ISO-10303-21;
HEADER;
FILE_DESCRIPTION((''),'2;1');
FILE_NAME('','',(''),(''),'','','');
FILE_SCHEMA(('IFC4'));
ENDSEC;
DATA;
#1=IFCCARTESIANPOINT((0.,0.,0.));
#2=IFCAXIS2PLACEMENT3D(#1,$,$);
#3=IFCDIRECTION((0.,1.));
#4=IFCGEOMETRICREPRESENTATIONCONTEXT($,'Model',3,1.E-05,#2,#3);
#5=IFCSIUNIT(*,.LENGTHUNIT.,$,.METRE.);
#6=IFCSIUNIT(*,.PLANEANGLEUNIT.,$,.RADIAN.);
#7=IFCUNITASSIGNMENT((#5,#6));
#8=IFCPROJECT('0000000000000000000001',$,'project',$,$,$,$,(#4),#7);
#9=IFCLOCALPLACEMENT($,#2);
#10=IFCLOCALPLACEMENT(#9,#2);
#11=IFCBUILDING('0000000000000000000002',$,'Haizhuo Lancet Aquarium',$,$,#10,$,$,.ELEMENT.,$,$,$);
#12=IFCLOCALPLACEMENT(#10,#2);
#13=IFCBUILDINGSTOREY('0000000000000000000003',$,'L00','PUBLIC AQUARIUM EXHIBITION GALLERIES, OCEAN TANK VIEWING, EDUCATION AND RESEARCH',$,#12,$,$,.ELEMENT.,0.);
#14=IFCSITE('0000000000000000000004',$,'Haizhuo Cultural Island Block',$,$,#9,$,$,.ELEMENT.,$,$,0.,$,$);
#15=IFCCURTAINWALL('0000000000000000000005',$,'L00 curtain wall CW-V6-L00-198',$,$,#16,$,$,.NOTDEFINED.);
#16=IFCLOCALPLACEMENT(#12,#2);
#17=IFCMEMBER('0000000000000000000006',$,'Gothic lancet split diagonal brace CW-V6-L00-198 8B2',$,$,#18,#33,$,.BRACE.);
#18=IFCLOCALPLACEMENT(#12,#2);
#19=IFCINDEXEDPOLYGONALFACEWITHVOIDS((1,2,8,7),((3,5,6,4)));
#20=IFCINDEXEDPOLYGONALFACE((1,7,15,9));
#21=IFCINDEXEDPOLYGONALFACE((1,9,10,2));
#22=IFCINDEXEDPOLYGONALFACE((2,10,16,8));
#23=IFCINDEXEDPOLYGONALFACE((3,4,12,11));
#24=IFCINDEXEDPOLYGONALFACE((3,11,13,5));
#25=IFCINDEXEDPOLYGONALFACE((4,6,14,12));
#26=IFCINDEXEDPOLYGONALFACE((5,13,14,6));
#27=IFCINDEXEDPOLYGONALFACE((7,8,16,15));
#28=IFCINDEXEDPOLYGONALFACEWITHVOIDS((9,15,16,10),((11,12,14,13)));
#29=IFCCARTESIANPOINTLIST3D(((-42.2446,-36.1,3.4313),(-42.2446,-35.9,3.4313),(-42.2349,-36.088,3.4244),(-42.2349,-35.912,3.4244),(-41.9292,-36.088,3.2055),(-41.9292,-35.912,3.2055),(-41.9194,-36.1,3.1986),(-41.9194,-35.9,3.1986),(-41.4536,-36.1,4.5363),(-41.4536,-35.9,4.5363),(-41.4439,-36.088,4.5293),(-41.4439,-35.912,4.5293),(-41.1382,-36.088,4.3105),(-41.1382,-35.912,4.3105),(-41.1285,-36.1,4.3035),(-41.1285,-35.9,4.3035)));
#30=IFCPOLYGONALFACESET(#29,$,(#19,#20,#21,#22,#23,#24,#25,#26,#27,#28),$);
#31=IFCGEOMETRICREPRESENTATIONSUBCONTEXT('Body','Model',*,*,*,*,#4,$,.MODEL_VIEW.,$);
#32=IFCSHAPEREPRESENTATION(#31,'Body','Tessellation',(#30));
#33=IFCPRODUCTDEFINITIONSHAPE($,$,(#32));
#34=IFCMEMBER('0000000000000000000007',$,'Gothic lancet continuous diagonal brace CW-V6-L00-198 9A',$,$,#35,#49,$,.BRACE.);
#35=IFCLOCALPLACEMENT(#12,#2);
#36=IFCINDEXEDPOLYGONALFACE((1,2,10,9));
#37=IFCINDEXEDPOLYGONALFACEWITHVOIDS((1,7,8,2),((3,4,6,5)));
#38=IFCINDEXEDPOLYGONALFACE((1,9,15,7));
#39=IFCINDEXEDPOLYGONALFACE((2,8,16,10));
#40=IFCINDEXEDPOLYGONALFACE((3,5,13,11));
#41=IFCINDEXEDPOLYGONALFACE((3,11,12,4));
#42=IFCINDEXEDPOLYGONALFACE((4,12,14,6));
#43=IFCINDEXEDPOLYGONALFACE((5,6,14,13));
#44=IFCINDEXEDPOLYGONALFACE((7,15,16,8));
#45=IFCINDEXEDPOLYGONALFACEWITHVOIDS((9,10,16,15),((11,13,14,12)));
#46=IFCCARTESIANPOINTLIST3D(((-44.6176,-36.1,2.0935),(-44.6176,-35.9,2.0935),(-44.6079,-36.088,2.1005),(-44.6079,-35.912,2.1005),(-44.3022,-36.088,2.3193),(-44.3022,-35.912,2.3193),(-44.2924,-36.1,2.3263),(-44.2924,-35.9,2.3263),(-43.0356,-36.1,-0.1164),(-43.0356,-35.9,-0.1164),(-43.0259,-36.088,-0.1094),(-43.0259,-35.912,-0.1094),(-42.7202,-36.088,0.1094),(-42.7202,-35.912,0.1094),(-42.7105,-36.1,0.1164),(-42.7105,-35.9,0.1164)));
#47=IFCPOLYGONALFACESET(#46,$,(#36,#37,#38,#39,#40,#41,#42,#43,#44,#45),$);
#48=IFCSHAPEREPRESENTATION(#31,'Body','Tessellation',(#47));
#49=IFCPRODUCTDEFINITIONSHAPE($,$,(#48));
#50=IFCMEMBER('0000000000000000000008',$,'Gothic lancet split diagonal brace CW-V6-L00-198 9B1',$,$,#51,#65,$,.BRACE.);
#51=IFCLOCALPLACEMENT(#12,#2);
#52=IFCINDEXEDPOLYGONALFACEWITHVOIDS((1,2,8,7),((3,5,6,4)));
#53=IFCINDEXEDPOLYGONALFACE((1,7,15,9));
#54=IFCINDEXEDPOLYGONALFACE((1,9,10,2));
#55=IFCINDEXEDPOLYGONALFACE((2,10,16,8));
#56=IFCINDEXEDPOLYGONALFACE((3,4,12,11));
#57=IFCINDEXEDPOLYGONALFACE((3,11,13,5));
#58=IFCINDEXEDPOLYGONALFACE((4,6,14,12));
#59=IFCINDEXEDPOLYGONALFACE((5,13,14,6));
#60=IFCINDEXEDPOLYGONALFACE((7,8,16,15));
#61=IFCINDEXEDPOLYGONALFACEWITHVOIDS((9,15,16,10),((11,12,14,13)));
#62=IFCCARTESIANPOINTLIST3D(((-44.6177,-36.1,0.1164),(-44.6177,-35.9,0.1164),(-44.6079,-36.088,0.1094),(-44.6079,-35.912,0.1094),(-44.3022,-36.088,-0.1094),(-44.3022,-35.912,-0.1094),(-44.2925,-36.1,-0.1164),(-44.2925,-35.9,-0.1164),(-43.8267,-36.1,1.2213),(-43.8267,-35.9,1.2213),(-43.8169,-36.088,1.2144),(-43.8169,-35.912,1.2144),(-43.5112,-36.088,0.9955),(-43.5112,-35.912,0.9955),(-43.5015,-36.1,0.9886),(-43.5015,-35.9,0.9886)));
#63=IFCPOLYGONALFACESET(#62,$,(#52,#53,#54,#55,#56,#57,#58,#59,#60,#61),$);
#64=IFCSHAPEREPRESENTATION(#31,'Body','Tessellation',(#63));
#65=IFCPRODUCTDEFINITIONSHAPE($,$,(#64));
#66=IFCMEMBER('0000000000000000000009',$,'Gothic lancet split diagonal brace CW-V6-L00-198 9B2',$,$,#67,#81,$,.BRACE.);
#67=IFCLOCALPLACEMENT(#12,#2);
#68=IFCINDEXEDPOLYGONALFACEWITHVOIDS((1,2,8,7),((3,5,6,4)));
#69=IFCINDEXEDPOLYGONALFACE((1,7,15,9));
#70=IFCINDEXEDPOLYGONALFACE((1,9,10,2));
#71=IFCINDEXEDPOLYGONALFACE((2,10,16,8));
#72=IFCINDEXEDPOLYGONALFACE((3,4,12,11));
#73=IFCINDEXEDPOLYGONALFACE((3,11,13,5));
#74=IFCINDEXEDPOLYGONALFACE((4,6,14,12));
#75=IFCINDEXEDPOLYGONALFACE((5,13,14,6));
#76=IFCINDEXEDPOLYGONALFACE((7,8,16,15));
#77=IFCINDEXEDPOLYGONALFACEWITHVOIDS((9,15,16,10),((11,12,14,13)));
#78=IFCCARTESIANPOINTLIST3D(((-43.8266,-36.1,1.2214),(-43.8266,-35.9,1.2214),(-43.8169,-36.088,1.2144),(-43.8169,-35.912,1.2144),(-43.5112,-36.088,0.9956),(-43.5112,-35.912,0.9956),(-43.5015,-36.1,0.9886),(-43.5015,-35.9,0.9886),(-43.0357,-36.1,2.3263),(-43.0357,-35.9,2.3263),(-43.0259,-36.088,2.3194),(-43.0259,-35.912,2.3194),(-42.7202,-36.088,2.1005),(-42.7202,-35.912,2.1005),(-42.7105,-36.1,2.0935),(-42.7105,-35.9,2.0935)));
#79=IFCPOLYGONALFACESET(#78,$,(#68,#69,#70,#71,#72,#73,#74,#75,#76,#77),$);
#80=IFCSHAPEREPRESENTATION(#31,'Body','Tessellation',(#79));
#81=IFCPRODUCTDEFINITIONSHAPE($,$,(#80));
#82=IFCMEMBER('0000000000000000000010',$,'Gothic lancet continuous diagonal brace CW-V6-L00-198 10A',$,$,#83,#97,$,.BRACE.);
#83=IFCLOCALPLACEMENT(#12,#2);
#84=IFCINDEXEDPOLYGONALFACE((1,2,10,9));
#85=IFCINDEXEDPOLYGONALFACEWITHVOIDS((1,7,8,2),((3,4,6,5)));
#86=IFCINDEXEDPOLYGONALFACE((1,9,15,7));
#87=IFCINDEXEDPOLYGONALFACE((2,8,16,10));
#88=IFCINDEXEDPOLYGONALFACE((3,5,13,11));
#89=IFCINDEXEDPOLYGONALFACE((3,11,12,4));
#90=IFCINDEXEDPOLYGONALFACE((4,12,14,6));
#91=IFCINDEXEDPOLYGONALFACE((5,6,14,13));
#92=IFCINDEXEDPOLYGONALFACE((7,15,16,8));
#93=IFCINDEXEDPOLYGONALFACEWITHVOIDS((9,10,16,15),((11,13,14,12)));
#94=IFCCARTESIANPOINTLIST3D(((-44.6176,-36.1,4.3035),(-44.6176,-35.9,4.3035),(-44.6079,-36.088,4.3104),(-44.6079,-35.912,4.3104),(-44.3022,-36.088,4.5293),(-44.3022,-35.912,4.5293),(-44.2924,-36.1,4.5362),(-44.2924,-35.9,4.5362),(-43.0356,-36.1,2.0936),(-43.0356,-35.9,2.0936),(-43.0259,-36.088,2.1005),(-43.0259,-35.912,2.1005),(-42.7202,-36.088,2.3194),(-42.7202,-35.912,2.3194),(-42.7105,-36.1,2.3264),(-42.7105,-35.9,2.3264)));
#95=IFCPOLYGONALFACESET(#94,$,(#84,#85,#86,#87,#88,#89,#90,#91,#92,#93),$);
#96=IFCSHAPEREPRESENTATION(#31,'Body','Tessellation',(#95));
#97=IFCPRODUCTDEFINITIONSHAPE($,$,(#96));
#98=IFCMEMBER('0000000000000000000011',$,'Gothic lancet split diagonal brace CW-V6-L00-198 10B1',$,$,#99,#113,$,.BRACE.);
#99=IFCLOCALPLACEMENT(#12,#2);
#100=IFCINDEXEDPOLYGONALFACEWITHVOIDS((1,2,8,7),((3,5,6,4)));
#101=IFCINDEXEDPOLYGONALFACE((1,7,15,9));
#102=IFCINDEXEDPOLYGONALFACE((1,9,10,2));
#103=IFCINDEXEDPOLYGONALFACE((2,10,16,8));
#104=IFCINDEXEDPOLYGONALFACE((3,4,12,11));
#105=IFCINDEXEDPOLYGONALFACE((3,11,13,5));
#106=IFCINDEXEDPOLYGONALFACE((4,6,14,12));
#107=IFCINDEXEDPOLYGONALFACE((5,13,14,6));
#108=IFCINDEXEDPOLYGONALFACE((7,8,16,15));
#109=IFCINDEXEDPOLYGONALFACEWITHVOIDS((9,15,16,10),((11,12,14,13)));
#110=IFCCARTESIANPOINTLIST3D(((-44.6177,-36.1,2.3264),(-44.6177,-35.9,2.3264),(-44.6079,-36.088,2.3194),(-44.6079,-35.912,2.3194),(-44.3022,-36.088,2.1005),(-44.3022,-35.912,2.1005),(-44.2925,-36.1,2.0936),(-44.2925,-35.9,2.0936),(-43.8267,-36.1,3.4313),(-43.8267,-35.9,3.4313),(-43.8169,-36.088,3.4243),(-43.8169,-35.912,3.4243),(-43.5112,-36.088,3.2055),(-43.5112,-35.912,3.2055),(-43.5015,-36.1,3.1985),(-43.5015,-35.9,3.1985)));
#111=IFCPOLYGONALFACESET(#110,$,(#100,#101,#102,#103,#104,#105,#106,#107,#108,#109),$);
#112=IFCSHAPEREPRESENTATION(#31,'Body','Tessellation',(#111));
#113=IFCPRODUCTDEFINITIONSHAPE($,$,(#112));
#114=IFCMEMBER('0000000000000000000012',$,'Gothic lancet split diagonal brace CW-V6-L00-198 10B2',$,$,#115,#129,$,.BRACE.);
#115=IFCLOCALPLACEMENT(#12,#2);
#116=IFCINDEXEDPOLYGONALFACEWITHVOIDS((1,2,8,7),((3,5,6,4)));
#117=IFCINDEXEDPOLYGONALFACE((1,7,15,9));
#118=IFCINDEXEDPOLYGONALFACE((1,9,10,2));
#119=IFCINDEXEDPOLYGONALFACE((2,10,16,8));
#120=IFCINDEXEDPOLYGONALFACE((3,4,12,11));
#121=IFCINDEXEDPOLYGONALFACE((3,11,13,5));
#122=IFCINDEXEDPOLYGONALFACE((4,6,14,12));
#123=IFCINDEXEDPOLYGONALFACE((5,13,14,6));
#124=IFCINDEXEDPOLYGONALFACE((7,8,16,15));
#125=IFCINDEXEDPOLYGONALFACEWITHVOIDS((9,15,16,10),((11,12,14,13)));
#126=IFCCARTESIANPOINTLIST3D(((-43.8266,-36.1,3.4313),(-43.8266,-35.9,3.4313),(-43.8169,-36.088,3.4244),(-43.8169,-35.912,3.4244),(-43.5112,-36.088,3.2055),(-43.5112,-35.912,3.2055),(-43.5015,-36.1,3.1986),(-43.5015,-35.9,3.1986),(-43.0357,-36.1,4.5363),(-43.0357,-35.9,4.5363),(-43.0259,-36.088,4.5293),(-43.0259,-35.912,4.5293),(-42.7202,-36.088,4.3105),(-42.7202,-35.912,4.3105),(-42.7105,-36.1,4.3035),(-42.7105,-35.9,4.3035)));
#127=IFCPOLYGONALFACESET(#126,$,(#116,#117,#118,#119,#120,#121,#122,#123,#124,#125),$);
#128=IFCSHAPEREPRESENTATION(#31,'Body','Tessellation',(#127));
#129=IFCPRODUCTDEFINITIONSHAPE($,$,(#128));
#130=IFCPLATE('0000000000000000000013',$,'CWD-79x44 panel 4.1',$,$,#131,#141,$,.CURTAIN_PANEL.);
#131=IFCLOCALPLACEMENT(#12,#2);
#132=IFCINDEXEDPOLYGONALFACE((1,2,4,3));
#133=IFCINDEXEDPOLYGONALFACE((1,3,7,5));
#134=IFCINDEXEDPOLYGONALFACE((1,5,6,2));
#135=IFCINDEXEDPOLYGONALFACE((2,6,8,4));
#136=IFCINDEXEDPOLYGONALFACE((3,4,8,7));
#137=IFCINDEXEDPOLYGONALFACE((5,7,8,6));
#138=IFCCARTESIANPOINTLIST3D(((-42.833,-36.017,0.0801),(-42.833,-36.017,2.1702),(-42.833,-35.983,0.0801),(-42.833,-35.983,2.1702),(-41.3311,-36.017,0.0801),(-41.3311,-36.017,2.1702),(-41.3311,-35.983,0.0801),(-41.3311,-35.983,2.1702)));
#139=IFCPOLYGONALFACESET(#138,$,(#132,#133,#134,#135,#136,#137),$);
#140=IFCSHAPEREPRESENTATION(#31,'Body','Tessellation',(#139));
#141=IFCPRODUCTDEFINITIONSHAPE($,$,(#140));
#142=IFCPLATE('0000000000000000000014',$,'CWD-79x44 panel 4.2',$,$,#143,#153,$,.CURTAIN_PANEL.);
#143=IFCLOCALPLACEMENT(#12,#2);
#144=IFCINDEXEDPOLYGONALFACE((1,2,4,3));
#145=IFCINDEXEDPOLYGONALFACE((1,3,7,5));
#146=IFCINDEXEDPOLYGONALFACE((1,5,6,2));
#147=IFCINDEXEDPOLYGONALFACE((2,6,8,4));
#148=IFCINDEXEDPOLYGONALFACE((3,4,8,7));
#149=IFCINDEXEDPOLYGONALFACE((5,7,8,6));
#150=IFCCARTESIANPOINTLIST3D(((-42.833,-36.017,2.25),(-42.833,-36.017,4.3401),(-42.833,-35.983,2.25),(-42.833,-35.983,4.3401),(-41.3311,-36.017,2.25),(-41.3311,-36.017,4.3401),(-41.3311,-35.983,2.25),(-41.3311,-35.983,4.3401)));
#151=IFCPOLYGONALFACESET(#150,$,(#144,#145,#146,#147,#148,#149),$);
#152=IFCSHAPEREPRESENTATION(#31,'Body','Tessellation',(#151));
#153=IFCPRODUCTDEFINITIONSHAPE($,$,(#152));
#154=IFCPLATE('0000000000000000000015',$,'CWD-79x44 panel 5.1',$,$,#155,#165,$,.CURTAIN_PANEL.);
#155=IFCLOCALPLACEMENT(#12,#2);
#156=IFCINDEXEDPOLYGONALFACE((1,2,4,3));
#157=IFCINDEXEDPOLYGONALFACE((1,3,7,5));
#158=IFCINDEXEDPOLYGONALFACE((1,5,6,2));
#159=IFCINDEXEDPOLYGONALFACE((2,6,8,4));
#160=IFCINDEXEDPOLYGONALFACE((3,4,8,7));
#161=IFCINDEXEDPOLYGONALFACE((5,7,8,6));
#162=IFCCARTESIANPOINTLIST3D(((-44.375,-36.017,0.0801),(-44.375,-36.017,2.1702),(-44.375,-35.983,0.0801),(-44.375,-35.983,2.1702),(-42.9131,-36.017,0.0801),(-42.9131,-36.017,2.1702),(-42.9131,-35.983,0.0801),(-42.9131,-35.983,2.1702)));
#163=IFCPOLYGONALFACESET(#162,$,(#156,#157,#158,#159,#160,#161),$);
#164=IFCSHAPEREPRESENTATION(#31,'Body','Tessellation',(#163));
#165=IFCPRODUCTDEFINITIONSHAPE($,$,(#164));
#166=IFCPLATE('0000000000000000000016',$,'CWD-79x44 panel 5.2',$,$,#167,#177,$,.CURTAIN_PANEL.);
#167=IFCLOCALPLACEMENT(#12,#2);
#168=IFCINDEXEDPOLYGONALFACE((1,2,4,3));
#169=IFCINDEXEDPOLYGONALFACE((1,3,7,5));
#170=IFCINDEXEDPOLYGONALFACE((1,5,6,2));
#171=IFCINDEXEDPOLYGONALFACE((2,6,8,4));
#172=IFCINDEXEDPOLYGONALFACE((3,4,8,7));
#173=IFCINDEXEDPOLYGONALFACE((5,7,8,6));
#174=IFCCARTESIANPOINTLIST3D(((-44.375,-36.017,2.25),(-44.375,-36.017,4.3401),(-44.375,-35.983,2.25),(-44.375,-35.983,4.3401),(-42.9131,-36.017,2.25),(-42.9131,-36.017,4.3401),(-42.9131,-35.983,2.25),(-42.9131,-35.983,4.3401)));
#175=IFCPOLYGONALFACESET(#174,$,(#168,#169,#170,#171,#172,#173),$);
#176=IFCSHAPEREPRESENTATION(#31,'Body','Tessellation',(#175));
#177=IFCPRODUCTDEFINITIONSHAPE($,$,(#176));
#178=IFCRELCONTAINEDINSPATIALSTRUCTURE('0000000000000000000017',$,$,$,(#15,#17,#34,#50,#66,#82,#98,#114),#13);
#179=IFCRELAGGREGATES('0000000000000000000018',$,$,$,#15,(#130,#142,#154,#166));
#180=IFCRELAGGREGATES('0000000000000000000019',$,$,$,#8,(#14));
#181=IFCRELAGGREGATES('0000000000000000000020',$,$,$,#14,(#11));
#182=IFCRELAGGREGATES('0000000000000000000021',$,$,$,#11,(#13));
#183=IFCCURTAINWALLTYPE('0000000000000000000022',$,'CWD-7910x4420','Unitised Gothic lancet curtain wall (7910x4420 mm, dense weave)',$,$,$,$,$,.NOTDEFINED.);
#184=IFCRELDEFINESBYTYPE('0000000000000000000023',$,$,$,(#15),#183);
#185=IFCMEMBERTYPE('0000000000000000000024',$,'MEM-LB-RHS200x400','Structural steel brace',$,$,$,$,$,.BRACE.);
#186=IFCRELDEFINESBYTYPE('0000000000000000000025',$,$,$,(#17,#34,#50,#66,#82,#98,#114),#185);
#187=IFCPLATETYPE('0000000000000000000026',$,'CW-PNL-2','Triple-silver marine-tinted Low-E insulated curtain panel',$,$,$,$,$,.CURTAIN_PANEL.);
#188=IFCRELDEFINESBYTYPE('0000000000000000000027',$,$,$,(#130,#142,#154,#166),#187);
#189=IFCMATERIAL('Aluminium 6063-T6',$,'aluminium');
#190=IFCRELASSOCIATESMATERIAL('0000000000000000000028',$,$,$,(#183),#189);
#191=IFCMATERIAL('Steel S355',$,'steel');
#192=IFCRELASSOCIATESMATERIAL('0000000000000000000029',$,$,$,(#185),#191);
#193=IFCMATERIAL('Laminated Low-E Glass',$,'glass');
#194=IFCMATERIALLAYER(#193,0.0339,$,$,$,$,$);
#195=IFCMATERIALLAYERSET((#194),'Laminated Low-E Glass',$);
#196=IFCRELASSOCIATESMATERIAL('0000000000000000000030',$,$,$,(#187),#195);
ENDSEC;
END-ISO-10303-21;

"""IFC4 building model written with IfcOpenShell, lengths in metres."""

from ifc_helpers import new_model, si_unit, direction, frame, origin, origin_2d, place, context, subcontext, project, spatial, rectangle, hollow_rectangle, extrude, material, layer, layer_set, material_profile, profile_set, type_object, element, aggregate, save


model = new_model("IFC4")

# Units and contexts
model_context = context("Model", 3, precision=1e-05, world=origin(), true_north=direction((0.0, 1.0)))
body_context = subcontext(model_context, "Body", "Model", "MODEL_VIEW")
ifc_project = project(units=[si_unit("LENGTHUNIT", "METRE"), si_unit("PLANEANGLEUNIT", "RADIAN")], contexts=[model_context])

# Site, building, storey
site_placement = place(None, origin())
site = spatial("IfcSite", under=ifc_project, at=site_placement, Name="Haizhuo Cultural Island Block", CompositionType="ELEMENT", RefElevation=0.0)
building_placement = place(site_placement, origin())
building = spatial("IfcBuilding", under=site, at=building_placement, Name="Haizhuo Lancet Aquarium", CompositionType="ELEMENT")
storey_placement = place(building_placement, origin())
storey = spatial("IfcBuildingStorey", under=building, at=storey_placement, Name="L00", Description="PUBLIC AQUARIUM EXHIBITION GALLERIES, OCEAN TANK VIEWING, EDUCATION AND RESEARCH", CompositionType="ELEMENT", Elevation=0.0)

# Shared definitions
ifc_material_1 = material(Name="Steel S355", Category="steel")

# Curtain wall
ifc_material_2 = material(Name="Aluminium 6063-T6", Category="aluminium")
curtain_wall_type = type_object("IfcCurtainWallType", Name="CWD-7910x4420", Description="Unitised Gothic lancet curtain wall (7910x4420 mm, dense weave)", PredefinedType="NOTDEFINED", material=ifc_material_2)
curtain_wall_placement = place(storey_placement, origin())
curtain_wall = element("IfcCurtainWall", 1, at=curtain_wall_placement, inside=storey, type_object=curtain_wall_type, Name="L00 curtain wall CW-V6-L00-198", PredefinedType="NOTDEFINED")

# Members
ifc_material_profile_1 = material_profile(ifc_material_1, hollow_rectangle(XDim=0.2, YDim=0.3999, WallThickness=0.012, at=origin_2d()), Name="RHS 200x400x12")
ifc_profile_set_1 = profile_set([ifc_material_profile_1], Name="Steel S355")
member_type_1 = type_object("IfcMemberType", Name="MEM-LB-RHS200x400", Description="Structural steel brace", PredefinedType="BRACE", material=ifc_profile_set_1)
for number, where, z_axis, x_axis, name in (
    (2, (-42.082, -36.0, 3.3149), (0.582088, 0.0, 0.813126), (0.0, 1.0, 0.0), "Gothic lancet split diagonal brace CW-V6-L00-198 8B2"),
):
    element("IfcMember", number, at=place(storey_placement, frame(where, z_axis=z_axis, x_axis=x_axis)), inside=storey, type_object=member_type_1, Name=name, PredefinedType="BRACE", context=body_context, shape_type="SweptSolid", body=[
        extrude(hollow_rectangle(XDim=0.2, YDim=0.3999, WallThickness=0.012, at=origin_2d()), origin(), (0.0, 0.0, 1.0), 1.3589),
    ])
member_1_placement = place(storey_placement, frame((-42.873, -36.0, 0.0), z_axis=(-0.582088, 0.0, 0.813126), x_axis=(0.0, -1.0, 0.0)))
element("IfcMember", 3, at=member_1_placement, inside=storey, type_object=member_type_1, Name="Gothic lancet continuous diagonal brace CW-V6-L00-198 9A", PredefinedType="BRACE", context=body_context, shape_type="SweptSolid", body=[
    extrude(hollow_rectangle(XDim=0.2, YDim=0.3999, WallThickness=0.012, at=origin_2d()), origin(), (0.0, 0.0, 1.0), 2.7178),
])
for number, where, z_axis, x_axis, name in (
    (4, (-44.4551, -36.0, 0.0), (0.582088, 0.0, 0.813126), (0.0, 1.0, 0.0), "Gothic lancet split diagonal brace CW-V6-L00-198 9B1"),
    (5, (-43.6641, -36.0, 1.105), (0.582088, 0.0, 0.813126), (0.0, 1.0, 0.0), "Gothic lancet split diagonal brace CW-V6-L00-198 9B2"),
):
    element("IfcMember", number, at=place(storey_placement, frame(where, z_axis=z_axis, x_axis=x_axis)), inside=storey, type_object=member_type_1, Name=name, PredefinedType="BRACE", context=body_context, shape_type="SweptSolid", body=[
        extrude(hollow_rectangle(XDim=0.2, YDim=0.3999, WallThickness=0.012, at=origin_2d()), origin(), (0.0, 0.0, 1.0), 1.3589),
    ])
member_2_placement = place(storey_placement, frame((-42.873, -36.0, 2.21), z_axis=(-0.582088, 0.0, 0.813126), x_axis=(0.0, -1.0, 0.0)))
element("IfcMember", 6, at=member_2_placement, inside=storey, type_object=member_type_1, Name="Gothic lancet continuous diagonal brace CW-V6-L00-198 10A", PredefinedType="BRACE", context=body_context, shape_type="SweptSolid", body=[
    extrude(hollow_rectangle(XDim=0.2, YDim=0.3999, WallThickness=0.012, at=origin_2d()), origin(), (0.0, 0.0, 1.0), 2.7178),
])
for number, where, z_axis, x_axis, name in (
    (7, (-44.4551, -36.0, 2.21), (0.582088, 0.0, 0.813126), (0.0, 1.0, 0.0), "Gothic lancet split diagonal brace CW-V6-L00-198 10B1"),
    (8, (-43.6641, -36.0, 3.3149), (0.582088, 0.0, 0.813126), (0.0, 1.0, 0.0), "Gothic lancet split diagonal brace CW-V6-L00-198 10B2"),
):
    element("IfcMember", number, at=place(storey_placement, frame(where, z_axis=z_axis, x_axis=x_axis)), inside=storey, type_object=member_type_1, Name=name, PredefinedType="BRACE", context=body_context, shape_type="SweptSolid", body=[
        extrude(hollow_rectangle(XDim=0.2, YDim=0.3999, WallThickness=0.012, at=origin_2d()), origin(), (0.0, 0.0, 1.0), 1.3589),
    ])

# Plates
ifc_material_3 = material(Name="Laminated Low-E Glass", Category="glass")
ifc_layer_1 = layer(ifc_material_3, 0.0339)
ifc_layer_set_1 = layer_set([ifc_layer_1], Name="Laminated Low-E Glass")
plate_type = type_object("IfcPlateType", Name="CW-PNL-2", Description="Triple-silver marine-tinted Low-E insulated curtain panel", PredefinedType="CURTAIN_PANEL", material=ifc_layer_set_1)
plate_1_placement = place(storey_placement, frame((-42.082, -36.0, 0.0801), z_axis=(0.0, 0.0, 1.0), x_axis=(-1.0, 0.0, 0.0)))
plate_1 = element("IfcPlate", 9, at=plate_1_placement, type_object=plate_type, Name="CWD-79x44 panel 4.1", PredefinedType="CURTAIN_PANEL", context=body_context, shape_type="SweptSolid", body=[
    extrude(rectangle(XDim=1.502, YDim=0.0339, at=origin_2d()), origin(), (0.0, 0.0, 1.0), 2.0901),
])
plate_2_placement = place(storey_placement, frame((-42.082, -36.0, 2.25), z_axis=(0.0, 0.0, 1.0), x_axis=(-1.0, 0.0, 0.0)))
plate_2 = element("IfcPlate", 10, at=plate_2_placement, type_object=plate_type, Name="CWD-79x44 panel 4.2", PredefinedType="CURTAIN_PANEL", context=body_context, shape_type="SweptSolid", body=[
    extrude(rectangle(XDim=1.502, YDim=0.0339, at=origin_2d()), origin(), (0.0, 0.0, 1.0), 2.0901),
])
plate_3_placement = place(storey_placement, frame((-43.644, -36.0, 0.0801), z_axis=(0.0, 0.0, 1.0), x_axis=(-1.0, 0.0, 0.0)))
plate_3 = element("IfcPlate", 11, at=plate_3_placement, type_object=plate_type, Name="CWD-79x44 panel 5.1", PredefinedType="CURTAIN_PANEL", context=body_context, shape_type="SweptSolid", body=[
    extrude(rectangle(XDim=1.4619, YDim=0.0339, at=origin_2d()), origin(), (0.0, 0.0, 1.0), 2.0901),
])
plate_4_placement = place(storey_placement, frame((-43.644, -36.0, 2.25), z_axis=(0.0, 0.0, 1.0), x_axis=(-1.0, 0.0, 0.0)))
plate_4 = element("IfcPlate", 12, at=plate_4_placement, type_object=plate_type, Name="CWD-79x44 panel 5.2", PredefinedType="CURTAIN_PANEL", context=body_context, shape_type="SweptSolid", body=[
    extrude(rectangle(XDim=1.4619, YDim=0.0339, at=origin_2d()), origin(), (0.0, 0.0, 1.0), 2.0901),
])
aggregate(curtain_wall, [plate_1, plate_2, plate_3, plate_4])

save(model, "model.ifc")
